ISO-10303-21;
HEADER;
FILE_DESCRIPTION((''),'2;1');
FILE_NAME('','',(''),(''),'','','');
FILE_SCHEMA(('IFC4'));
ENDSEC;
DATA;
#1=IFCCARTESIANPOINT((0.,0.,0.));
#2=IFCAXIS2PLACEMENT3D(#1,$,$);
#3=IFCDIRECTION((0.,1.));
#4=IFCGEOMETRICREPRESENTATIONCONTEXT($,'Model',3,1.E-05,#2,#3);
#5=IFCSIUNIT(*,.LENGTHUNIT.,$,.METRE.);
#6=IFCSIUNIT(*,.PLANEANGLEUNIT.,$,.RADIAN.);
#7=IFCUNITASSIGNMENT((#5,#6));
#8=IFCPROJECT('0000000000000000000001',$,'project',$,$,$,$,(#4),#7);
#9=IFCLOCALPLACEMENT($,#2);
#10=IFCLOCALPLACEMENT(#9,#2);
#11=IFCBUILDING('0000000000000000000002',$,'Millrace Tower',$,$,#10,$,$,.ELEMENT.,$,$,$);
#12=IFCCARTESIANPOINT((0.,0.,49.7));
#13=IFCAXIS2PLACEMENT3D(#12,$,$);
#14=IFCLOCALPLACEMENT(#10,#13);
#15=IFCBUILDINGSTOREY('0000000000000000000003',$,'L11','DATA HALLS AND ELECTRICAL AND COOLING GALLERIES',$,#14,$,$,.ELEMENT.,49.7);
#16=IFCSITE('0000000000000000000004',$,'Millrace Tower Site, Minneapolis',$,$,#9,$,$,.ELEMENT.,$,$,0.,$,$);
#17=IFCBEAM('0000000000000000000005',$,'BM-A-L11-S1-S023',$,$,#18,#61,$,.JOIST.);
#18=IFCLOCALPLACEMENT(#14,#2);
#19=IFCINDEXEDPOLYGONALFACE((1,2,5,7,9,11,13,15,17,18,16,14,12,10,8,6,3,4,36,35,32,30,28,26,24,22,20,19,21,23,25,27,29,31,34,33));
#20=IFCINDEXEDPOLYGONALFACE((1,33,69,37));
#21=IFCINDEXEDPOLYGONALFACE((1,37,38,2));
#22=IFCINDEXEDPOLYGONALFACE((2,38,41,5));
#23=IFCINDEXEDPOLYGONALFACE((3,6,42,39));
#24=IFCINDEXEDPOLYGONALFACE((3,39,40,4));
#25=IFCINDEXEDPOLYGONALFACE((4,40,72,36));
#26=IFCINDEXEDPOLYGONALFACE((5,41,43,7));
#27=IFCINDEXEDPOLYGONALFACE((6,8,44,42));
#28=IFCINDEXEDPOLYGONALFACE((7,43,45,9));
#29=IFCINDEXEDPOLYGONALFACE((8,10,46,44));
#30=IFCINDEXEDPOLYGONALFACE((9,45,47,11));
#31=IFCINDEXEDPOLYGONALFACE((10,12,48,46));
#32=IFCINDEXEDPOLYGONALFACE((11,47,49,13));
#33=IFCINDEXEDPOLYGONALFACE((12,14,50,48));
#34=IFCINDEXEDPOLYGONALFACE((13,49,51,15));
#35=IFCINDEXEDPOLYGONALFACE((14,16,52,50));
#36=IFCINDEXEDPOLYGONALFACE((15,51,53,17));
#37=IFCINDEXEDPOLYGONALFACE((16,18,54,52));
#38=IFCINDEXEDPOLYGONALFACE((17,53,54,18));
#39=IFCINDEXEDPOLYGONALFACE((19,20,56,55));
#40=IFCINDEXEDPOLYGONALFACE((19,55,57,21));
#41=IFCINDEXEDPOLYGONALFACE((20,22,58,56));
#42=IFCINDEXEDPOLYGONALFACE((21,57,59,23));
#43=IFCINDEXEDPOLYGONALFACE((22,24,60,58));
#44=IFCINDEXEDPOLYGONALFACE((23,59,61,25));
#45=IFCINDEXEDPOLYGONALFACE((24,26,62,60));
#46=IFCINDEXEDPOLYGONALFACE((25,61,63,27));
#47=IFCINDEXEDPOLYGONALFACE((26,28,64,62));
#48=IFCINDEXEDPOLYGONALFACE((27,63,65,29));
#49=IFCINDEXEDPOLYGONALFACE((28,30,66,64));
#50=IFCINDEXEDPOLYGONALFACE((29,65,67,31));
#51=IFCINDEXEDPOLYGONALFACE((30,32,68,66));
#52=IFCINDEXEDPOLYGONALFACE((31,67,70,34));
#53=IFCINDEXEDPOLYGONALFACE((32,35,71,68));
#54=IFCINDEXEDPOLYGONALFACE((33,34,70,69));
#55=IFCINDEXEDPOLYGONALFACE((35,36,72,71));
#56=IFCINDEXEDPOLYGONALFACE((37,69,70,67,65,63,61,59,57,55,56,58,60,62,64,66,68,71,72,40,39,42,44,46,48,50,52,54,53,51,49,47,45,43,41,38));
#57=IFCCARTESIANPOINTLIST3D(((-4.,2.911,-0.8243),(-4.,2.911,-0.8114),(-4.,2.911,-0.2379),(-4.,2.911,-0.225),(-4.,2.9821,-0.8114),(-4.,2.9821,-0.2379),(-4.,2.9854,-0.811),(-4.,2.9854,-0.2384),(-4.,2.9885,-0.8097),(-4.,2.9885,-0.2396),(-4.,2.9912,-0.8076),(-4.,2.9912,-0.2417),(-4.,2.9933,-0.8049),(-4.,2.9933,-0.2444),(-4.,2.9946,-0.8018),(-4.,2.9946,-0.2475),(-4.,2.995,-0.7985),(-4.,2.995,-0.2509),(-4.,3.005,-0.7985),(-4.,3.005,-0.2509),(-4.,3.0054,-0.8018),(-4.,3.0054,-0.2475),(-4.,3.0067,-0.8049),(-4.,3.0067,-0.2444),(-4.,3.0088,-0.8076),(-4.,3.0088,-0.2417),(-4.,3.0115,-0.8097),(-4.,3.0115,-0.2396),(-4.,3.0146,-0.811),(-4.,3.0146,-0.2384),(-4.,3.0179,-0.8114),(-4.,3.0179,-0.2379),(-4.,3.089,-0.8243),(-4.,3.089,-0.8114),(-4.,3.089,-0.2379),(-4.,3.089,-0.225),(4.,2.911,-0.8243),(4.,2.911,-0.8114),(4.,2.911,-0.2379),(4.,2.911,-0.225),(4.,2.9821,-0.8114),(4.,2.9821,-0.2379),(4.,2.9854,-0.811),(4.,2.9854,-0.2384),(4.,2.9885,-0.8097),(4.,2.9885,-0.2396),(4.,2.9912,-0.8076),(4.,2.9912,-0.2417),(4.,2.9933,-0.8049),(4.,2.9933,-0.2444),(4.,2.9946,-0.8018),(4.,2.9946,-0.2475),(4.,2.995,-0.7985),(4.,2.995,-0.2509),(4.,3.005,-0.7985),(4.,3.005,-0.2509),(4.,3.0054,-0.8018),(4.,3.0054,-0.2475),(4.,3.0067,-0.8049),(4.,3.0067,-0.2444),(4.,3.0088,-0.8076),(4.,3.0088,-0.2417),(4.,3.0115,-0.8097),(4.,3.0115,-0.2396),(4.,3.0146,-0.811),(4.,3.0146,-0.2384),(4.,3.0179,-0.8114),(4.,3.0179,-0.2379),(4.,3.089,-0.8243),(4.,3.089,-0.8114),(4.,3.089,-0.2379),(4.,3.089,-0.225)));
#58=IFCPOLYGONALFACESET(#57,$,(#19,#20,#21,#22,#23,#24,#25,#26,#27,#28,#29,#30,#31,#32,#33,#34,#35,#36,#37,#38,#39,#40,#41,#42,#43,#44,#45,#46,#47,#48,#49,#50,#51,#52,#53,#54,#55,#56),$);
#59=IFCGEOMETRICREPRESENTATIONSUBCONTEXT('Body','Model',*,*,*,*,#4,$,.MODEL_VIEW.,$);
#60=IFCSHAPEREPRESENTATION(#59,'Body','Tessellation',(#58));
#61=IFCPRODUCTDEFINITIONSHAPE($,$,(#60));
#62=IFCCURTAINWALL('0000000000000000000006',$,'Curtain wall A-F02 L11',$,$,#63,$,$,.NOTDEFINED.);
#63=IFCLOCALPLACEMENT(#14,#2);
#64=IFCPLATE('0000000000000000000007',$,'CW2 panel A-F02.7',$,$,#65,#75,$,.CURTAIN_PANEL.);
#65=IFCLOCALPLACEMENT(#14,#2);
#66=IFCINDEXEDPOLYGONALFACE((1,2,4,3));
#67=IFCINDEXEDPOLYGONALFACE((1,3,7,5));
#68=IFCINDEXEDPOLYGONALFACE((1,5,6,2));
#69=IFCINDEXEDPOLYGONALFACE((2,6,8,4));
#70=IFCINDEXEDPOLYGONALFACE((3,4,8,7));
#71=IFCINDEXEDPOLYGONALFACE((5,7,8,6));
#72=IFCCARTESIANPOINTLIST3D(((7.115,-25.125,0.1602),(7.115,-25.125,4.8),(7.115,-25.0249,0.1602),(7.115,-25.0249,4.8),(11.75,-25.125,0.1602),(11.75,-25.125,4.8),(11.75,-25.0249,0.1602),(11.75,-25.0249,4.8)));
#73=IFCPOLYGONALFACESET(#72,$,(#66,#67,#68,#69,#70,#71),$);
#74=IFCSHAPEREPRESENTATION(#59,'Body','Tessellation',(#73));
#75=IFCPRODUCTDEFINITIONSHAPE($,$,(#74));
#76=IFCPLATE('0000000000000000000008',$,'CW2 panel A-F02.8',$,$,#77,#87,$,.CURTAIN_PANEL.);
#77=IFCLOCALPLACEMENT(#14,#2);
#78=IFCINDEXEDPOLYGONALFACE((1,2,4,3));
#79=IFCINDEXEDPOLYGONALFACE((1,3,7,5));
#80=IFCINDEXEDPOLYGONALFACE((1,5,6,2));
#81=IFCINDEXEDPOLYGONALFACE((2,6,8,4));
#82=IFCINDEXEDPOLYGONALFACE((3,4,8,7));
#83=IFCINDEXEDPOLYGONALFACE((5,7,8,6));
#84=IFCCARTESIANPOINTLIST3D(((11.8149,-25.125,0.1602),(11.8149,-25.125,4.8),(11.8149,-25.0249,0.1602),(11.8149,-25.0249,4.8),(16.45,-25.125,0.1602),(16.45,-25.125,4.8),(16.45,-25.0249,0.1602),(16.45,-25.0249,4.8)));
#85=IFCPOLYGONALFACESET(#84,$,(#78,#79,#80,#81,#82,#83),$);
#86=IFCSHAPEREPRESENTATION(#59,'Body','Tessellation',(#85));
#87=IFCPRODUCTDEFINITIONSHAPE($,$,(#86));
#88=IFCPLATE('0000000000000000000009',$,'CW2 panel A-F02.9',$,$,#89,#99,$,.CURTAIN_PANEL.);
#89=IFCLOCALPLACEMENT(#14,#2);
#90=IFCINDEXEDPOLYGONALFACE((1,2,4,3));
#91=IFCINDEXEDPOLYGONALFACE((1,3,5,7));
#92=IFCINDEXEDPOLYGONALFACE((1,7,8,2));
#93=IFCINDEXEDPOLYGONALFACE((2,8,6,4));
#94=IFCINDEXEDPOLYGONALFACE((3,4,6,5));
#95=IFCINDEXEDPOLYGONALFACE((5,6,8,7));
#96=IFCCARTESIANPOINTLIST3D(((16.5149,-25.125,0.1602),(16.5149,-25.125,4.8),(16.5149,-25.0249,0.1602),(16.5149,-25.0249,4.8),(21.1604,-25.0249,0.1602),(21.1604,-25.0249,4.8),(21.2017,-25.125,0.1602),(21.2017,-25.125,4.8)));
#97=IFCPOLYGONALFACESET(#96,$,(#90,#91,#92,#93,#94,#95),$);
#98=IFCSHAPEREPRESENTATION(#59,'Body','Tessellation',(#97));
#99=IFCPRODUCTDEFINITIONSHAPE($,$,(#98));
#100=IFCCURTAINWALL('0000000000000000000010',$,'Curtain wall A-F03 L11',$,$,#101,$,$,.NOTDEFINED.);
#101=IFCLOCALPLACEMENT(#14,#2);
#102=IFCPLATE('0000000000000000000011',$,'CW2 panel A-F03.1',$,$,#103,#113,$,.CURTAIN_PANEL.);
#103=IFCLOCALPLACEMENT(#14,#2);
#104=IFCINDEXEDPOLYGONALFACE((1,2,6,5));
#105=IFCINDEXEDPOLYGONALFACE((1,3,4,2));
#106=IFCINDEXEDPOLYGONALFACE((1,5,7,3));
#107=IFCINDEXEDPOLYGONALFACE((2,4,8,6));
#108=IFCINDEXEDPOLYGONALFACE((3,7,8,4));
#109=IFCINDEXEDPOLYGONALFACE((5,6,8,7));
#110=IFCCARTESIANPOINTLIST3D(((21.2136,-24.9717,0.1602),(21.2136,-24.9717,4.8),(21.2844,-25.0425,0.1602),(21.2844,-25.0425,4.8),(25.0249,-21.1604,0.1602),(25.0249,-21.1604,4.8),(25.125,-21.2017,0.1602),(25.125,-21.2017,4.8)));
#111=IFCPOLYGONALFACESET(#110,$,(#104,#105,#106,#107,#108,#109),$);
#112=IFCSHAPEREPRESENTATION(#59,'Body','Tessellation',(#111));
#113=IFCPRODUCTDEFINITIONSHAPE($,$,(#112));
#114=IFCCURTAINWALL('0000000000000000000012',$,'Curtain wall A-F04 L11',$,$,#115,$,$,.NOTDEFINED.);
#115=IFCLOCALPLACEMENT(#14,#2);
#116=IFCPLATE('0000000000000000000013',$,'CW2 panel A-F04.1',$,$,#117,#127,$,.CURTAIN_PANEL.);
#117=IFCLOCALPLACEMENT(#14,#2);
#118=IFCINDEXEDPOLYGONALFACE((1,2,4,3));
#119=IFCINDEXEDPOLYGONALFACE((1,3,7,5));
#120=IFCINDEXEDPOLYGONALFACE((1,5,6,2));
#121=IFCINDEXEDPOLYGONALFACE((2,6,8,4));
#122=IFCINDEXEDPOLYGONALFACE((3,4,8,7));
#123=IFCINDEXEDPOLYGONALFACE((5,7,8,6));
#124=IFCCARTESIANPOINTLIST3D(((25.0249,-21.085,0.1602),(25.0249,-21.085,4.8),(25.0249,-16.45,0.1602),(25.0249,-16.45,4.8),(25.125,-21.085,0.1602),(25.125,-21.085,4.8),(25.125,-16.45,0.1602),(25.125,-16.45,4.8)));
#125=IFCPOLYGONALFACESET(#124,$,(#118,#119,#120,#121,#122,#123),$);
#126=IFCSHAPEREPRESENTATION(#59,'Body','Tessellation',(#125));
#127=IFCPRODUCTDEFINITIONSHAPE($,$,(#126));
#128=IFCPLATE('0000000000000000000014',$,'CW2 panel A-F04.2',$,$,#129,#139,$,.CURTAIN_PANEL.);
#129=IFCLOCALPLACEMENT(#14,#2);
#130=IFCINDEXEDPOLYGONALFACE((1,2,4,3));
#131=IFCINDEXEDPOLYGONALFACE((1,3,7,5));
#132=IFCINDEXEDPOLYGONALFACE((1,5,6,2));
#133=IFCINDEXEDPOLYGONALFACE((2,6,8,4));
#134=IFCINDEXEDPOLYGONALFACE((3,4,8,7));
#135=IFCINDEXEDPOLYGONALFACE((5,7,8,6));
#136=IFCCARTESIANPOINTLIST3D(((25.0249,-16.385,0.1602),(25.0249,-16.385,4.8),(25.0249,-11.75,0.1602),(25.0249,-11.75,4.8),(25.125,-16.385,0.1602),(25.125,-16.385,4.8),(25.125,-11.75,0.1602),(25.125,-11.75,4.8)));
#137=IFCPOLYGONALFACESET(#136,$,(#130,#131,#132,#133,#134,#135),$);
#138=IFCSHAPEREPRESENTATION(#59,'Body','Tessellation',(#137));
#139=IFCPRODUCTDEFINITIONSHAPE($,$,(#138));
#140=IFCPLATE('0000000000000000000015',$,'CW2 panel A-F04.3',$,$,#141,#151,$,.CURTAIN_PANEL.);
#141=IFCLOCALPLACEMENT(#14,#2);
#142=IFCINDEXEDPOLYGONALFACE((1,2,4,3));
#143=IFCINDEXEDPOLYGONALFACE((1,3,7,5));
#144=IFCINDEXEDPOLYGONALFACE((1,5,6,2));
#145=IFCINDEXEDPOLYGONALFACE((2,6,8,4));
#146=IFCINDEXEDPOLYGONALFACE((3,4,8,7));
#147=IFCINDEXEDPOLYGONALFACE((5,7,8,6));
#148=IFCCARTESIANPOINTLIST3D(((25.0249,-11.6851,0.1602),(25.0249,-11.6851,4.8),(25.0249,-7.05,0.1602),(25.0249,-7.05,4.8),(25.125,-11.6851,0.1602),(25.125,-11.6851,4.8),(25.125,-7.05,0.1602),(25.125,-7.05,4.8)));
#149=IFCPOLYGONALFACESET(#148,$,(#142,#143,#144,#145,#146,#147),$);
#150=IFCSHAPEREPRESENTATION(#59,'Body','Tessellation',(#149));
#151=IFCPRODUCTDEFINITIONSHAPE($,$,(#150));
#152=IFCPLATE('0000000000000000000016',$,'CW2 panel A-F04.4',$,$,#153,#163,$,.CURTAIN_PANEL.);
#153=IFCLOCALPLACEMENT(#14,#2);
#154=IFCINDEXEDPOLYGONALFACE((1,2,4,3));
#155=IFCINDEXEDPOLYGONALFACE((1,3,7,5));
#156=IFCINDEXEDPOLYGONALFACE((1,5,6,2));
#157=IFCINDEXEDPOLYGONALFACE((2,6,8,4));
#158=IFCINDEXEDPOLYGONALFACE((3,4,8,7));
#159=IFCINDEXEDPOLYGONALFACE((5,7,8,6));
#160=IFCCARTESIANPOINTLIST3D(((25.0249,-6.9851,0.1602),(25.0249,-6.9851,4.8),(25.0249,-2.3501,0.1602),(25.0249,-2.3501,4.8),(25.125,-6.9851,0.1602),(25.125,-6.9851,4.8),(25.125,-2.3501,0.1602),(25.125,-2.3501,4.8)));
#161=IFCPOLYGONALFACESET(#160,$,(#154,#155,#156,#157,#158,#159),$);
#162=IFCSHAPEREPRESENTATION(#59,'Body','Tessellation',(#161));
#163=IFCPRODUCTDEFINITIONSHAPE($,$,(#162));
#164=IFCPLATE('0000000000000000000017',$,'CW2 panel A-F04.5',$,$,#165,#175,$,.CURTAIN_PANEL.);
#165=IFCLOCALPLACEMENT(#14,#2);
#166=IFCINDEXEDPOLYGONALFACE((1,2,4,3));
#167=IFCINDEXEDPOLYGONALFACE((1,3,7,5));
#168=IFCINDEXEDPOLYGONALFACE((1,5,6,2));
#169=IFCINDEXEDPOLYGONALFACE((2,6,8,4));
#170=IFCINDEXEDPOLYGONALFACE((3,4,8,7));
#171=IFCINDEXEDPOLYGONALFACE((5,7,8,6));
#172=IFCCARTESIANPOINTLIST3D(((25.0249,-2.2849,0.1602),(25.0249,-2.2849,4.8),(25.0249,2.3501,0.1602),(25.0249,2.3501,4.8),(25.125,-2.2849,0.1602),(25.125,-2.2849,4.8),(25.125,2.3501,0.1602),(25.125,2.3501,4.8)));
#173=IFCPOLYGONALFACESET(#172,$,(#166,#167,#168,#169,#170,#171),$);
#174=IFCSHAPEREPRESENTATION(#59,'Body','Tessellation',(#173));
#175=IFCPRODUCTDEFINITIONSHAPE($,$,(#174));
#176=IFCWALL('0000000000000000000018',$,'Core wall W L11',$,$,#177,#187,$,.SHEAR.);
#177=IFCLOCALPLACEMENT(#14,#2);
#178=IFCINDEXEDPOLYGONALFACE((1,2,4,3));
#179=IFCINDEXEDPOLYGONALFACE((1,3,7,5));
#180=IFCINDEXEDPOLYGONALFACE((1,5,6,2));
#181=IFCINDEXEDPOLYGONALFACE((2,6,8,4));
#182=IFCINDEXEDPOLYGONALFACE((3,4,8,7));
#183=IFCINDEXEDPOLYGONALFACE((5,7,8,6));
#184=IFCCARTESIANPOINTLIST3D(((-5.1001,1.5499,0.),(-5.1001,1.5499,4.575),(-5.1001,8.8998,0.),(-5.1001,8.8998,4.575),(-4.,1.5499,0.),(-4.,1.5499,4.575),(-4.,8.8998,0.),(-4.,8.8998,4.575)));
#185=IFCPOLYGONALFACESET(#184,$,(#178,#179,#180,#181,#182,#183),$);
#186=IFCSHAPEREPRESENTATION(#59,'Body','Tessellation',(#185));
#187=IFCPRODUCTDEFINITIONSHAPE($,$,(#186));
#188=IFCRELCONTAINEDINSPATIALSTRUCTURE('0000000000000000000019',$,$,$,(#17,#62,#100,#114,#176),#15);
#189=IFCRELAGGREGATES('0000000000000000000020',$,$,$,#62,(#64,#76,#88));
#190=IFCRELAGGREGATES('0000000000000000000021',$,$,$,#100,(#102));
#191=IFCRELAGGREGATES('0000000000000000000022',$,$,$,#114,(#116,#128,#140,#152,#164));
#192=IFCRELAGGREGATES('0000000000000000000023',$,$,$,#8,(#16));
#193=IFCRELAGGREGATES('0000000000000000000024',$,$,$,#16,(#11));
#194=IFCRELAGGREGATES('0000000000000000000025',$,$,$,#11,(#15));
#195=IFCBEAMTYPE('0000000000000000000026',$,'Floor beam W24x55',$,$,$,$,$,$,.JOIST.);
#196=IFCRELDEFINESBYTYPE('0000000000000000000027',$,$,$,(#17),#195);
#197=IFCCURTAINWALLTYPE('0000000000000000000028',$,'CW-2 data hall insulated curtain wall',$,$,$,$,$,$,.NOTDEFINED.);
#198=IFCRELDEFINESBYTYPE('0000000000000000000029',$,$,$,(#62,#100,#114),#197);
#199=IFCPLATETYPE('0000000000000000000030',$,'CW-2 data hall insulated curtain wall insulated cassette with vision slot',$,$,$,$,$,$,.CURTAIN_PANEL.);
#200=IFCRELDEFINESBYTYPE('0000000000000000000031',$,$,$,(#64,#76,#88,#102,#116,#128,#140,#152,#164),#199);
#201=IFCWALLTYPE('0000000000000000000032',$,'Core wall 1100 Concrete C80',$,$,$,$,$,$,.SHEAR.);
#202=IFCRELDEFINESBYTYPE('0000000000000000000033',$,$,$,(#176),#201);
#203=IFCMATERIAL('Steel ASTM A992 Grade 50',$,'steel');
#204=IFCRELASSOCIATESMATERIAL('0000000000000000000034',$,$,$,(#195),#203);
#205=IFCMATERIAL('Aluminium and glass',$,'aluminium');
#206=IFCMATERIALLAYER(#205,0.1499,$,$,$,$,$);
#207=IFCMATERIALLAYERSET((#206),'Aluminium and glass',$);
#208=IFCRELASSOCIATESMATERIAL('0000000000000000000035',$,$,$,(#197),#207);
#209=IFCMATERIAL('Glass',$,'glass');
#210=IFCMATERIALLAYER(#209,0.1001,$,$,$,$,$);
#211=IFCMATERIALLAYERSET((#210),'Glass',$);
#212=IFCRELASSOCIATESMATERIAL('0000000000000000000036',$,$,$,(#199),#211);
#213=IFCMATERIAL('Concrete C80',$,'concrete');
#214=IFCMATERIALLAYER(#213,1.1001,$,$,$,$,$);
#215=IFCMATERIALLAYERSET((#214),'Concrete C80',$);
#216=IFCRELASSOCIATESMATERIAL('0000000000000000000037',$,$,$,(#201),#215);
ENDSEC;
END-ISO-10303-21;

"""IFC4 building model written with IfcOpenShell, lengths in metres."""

from ifc_helpers import new_model, si_unit, direction, frame, frame_2d, origin, origin_2d, place, context, subcontext, project, spatial, polyline, rectangle, i_section, outline, extrude, material, layer, layer_set, material_profile, profile_set, type_object, element, aggregate, save


model = new_model("IFC4")

# Units and contexts
model_context = context("Model", 3, precision=1e-05, world=origin(), true_north=direction((0.0, 1.0)))
body_context = subcontext(model_context, "Body", "Model", "MODEL_VIEW")
ifc_project = project(units=[si_unit("LENGTHUNIT", "METRE"), si_unit("PLANEANGLEUNIT", "RADIAN")], contexts=[model_context])

# Site, building, storey
site_placement = place(None, origin())
site = spatial("IfcSite", under=ifc_project, at=site_placement, Name="Millrace Tower Site, Minneapolis", CompositionType="ELEMENT", RefElevation=0.0)
building_placement = place(site_placement, origin())
building = spatial("IfcBuilding", under=site, at=building_placement, Name="Millrace Tower", CompositionType="ELEMENT")
storey_placement = place(building_placement, frame((0.0, 0.0, 49.7)))
storey = spatial("IfcBuildingStorey", under=building, at=storey_placement, Name="L11", Description="DATA HALLS AND ELECTRICAL AND COOLING GALLERIES", CompositionType="ELEMENT", Elevation=49.7)

# Beam
ifc_material_1 = material(Name="Steel ASTM A992 Grade 50", Category="steel")
ifc_material_profile = material_profile(ifc_material_1, i_section(OverallWidth=0.178, OverallDepth=0.5994, WebThickness=0.01, FlangeThickness=0.0129, FilletRadius=0.0129, at=origin_2d()))
ifc_profile_set = profile_set([ifc_material_profile], Name="Steel ASTM A992 Grade 50")
beam_type = type_object("IfcBeamType", Name="Floor beam W24x55", PredefinedType="JOIST", material=ifc_profile_set)
beam_placement = place(storey_placement, frame((-4.0, 3.0, -0.5247), z_axis=(1.0, 0.0, 0.0), x_axis=(0.0, 1.0, 0.0)))
element("IfcBeam", 1, at=beam_placement, inside=storey, type_object=beam_type, Name="BM-A-L11-S1-S023", PredefinedType="JOIST", context=body_context, shape_type="SweptSolid", body=[
    extrude(i_section(OverallWidth=0.178, OverallDepth=0.5994, WebThickness=0.01, FlangeThickness=0.0129, FilletRadius=0.0129, at=origin_2d()), origin(), (0.0, 0.0, 1.0), 8.0),
])

# Curtain wall, plates
ifc_material_2 = material(Name="Aluminium and glass", Category="aluminium")
ifc_layer_1 = layer(ifc_material_2, 0.1499)
ifc_layer_set_1 = layer_set([ifc_layer_1], Name="Aluminium and glass")
curtain_wall_type = type_object("IfcCurtainWallType", Name="CW-2 data hall insulated curtain wall", PredefinedType="NOTDEFINED", material=ifc_layer_set_1)
placement_1 = place(storey_placement, origin())
curtain_wall_1 = element("IfcCurtainWall", 2, at=placement_1, inside=storey, type_object=curtain_wall_type, Name="Curtain wall A-F02 L11", PredefinedType="NOTDEFINED")
ifc_material_3 = material(Name="Glass", Category="glass")
ifc_layer_2 = layer(ifc_material_3, 0.1001)
ifc_layer_set_2 = layer_set([ifc_layer_2], Name="Glass")
plate_type = type_object("IfcPlateType", Name="CW-2 data hall insulated curtain wall insulated cassette with vision slot", PredefinedType="CURTAIN_PANEL", material=ifc_layer_set_2)
placement_2 = place(storey_placement, frame((0.0, 0.0, 0.1602)))
plate_1 = element("IfcPlate", 3, at=placement_2, type_object=plate_type, Name="CW2 panel A-F02.7", PredefinedType="CURTAIN_PANEL", context=body_context, shape_type="SweptSolid", body=[
    extrude(outline(polyline([(7.115, -25.125), (11.75, -25.125), (11.75, -25.0249), (7.115, -25.0249), (7.115, -25.125)])), origin(), (0.0, 0.0, 1.0), 4.6399),
])
plate_2 = element("IfcPlate", 4, at=placement_2, type_object=plate_type, Name="CW2 panel A-F02.8", PredefinedType="CURTAIN_PANEL", context=body_context, shape_type="SweptSolid", body=[
    extrude(outline(polyline([(11.8149, -25.125), (16.45, -25.125), (16.45, -25.0249), (11.8149, -25.0249), (11.8149, -25.125)])), origin(), (0.0, 0.0, 1.0), 4.6399),
])
plate_3 = element("IfcPlate", 5, at=placement_2, type_object=plate_type, Name="CW2 panel A-F02.9", PredefinedType="CURTAIN_PANEL", context=body_context, shape_type="SweptSolid", body=[
    extrude(outline(polyline([(16.5149, -25.125), (21.2017, -25.125), (21.1604, -25.0249), (16.5149, -25.0249), (16.5149, -25.125)])), origin(), (0.0, 0.0, 1.0), 4.6399),
])
aggregate(curtain_wall_1, [plate_1, plate_2, plate_3])

# Curtain wall, plate
curtain_wall_2 = element("IfcCurtainWall", 6, at=placement_1, inside=storey, type_object=curtain_wall_type, Name="Curtain wall A-F03 L11", PredefinedType="NOTDEFINED")
plate_4 = element("IfcPlate", 7, at=placement_2, type_object=plate_type, Name="CW2 panel A-F03.1", PredefinedType="CURTAIN_PANEL", context=body_context, shape_type="SweptSolid", body=[
    extrude(outline(polyline([(21.2844, -25.0425), (25.125, -21.2017), (25.0249, -21.1604), (21.2136, -24.9717), (21.2844, -25.0425)])), origin(), (0.0, 0.0, 1.0), 4.6399),
])
aggregate(curtain_wall_2, [plate_4])

# Curtain wall, plates
curtain_wall_3 = element("IfcCurtainWall", 8, at=placement_1, inside=storey, type_object=curtain_wall_type, Name="Curtain wall A-F04 L11", PredefinedType="NOTDEFINED")
plate_5 = element("IfcPlate", 9, at=placement_2, type_object=plate_type, Name="CW2 panel A-F04.1", PredefinedType="CURTAIN_PANEL", context=body_context, shape_type="SweptSolid", body=[
    extrude(outline(polyline([(25.125, -21.085), (25.125, -16.45), (25.0249, -16.45), (25.0249, -21.085), (25.125, -21.085)])), origin(), (0.0, 0.0, 1.0), 4.6399),
])
plate_6 = element("IfcPlate", 10, at=placement_2, type_object=plate_type, Name="CW2 panel A-F04.2", PredefinedType="CURTAIN_PANEL", context=body_context, shape_type="SweptSolid", body=[
    extrude(outline(polyline([(25.125, -16.385), (25.125, -11.75), (25.0249, -11.75), (25.0249, -16.385), (25.125, -16.385)])), origin(), (0.0, 0.0, 1.0), 4.6399),
])
plate_7 = element("IfcPlate", 11, at=placement_2, type_object=plate_type, Name="CW2 panel A-F04.3", PredefinedType="CURTAIN_PANEL", context=body_context, shape_type="SweptSolid", body=[
    extrude(outline(polyline([(25.125, -11.6851), (25.125, -7.05), (25.0249, -7.05), (25.0249, -11.6851), (25.125, -11.6851)])), origin(), (0.0, 0.0, 1.0), 4.6399),
])
plate_8 = element("IfcPlate", 12, at=placement_2, type_object=plate_type, Name="CW2 panel A-F04.4", PredefinedType="CURTAIN_PANEL", context=body_context, shape_type="SweptSolid", body=[
    extrude(outline(polyline([(25.125, -6.9851), (25.125, -2.3501), (25.0249, -2.3501), (25.0249, -6.9851), (25.125, -6.9851)])), origin(), (0.0, 0.0, 1.0), 4.6399),
])
plate_9 = element("IfcPlate", 13, at=placement_2, type_object=plate_type, Name="CW2 panel A-F04.5", PredefinedType="CURTAIN_PANEL", context=body_context, shape_type="SweptSolid", body=[
    extrude(outline(polyline([(25.125, -2.2849), (25.125, 2.3501), (25.0249, 2.3501), (25.0249, -2.2849), (25.125, -2.2849)])), origin(), (0.0, 0.0, 1.0), 4.6399),
])
aggregate(curtain_wall_3, [plate_5, plate_6, plate_7, plate_8, plate_9])

# Wall
ifc_material_4 = material(Name="Concrete C80", Category="concrete")
ifc_layer_3 = layer(ifc_material_4, 1.1001)
ifc_layer_set_3 = layer_set([ifc_layer_3], Name="Concrete C80")
wall_type_1 = type_object("IfcWallType", Name="Core wall 1100 Concrete C80", PredefinedType="SHEAR", material=ifc_layer_set_3)
wall_1_placement = place(storey_placement, frame((-4.55, 1.55, 0.0), z_axis=(0.0, 0.0, 1.0), x_axis=(0.0, 1.0, 0.0)))
element("IfcWall", 14, at=wall_1_placement, inside=storey, type_object=wall_type_1, Name="Core wall W L11", PredefinedType="SHEAR", context=body_context, shape_type="SweptSolid", body=[
    extrude(rectangle(XDim=7.3499, YDim=1.1001, at=frame_2d((3.6748, 0.0))), origin(), (0.0, 0.0, 1.0), 4.575),
])

save(model, "model.ifc")
